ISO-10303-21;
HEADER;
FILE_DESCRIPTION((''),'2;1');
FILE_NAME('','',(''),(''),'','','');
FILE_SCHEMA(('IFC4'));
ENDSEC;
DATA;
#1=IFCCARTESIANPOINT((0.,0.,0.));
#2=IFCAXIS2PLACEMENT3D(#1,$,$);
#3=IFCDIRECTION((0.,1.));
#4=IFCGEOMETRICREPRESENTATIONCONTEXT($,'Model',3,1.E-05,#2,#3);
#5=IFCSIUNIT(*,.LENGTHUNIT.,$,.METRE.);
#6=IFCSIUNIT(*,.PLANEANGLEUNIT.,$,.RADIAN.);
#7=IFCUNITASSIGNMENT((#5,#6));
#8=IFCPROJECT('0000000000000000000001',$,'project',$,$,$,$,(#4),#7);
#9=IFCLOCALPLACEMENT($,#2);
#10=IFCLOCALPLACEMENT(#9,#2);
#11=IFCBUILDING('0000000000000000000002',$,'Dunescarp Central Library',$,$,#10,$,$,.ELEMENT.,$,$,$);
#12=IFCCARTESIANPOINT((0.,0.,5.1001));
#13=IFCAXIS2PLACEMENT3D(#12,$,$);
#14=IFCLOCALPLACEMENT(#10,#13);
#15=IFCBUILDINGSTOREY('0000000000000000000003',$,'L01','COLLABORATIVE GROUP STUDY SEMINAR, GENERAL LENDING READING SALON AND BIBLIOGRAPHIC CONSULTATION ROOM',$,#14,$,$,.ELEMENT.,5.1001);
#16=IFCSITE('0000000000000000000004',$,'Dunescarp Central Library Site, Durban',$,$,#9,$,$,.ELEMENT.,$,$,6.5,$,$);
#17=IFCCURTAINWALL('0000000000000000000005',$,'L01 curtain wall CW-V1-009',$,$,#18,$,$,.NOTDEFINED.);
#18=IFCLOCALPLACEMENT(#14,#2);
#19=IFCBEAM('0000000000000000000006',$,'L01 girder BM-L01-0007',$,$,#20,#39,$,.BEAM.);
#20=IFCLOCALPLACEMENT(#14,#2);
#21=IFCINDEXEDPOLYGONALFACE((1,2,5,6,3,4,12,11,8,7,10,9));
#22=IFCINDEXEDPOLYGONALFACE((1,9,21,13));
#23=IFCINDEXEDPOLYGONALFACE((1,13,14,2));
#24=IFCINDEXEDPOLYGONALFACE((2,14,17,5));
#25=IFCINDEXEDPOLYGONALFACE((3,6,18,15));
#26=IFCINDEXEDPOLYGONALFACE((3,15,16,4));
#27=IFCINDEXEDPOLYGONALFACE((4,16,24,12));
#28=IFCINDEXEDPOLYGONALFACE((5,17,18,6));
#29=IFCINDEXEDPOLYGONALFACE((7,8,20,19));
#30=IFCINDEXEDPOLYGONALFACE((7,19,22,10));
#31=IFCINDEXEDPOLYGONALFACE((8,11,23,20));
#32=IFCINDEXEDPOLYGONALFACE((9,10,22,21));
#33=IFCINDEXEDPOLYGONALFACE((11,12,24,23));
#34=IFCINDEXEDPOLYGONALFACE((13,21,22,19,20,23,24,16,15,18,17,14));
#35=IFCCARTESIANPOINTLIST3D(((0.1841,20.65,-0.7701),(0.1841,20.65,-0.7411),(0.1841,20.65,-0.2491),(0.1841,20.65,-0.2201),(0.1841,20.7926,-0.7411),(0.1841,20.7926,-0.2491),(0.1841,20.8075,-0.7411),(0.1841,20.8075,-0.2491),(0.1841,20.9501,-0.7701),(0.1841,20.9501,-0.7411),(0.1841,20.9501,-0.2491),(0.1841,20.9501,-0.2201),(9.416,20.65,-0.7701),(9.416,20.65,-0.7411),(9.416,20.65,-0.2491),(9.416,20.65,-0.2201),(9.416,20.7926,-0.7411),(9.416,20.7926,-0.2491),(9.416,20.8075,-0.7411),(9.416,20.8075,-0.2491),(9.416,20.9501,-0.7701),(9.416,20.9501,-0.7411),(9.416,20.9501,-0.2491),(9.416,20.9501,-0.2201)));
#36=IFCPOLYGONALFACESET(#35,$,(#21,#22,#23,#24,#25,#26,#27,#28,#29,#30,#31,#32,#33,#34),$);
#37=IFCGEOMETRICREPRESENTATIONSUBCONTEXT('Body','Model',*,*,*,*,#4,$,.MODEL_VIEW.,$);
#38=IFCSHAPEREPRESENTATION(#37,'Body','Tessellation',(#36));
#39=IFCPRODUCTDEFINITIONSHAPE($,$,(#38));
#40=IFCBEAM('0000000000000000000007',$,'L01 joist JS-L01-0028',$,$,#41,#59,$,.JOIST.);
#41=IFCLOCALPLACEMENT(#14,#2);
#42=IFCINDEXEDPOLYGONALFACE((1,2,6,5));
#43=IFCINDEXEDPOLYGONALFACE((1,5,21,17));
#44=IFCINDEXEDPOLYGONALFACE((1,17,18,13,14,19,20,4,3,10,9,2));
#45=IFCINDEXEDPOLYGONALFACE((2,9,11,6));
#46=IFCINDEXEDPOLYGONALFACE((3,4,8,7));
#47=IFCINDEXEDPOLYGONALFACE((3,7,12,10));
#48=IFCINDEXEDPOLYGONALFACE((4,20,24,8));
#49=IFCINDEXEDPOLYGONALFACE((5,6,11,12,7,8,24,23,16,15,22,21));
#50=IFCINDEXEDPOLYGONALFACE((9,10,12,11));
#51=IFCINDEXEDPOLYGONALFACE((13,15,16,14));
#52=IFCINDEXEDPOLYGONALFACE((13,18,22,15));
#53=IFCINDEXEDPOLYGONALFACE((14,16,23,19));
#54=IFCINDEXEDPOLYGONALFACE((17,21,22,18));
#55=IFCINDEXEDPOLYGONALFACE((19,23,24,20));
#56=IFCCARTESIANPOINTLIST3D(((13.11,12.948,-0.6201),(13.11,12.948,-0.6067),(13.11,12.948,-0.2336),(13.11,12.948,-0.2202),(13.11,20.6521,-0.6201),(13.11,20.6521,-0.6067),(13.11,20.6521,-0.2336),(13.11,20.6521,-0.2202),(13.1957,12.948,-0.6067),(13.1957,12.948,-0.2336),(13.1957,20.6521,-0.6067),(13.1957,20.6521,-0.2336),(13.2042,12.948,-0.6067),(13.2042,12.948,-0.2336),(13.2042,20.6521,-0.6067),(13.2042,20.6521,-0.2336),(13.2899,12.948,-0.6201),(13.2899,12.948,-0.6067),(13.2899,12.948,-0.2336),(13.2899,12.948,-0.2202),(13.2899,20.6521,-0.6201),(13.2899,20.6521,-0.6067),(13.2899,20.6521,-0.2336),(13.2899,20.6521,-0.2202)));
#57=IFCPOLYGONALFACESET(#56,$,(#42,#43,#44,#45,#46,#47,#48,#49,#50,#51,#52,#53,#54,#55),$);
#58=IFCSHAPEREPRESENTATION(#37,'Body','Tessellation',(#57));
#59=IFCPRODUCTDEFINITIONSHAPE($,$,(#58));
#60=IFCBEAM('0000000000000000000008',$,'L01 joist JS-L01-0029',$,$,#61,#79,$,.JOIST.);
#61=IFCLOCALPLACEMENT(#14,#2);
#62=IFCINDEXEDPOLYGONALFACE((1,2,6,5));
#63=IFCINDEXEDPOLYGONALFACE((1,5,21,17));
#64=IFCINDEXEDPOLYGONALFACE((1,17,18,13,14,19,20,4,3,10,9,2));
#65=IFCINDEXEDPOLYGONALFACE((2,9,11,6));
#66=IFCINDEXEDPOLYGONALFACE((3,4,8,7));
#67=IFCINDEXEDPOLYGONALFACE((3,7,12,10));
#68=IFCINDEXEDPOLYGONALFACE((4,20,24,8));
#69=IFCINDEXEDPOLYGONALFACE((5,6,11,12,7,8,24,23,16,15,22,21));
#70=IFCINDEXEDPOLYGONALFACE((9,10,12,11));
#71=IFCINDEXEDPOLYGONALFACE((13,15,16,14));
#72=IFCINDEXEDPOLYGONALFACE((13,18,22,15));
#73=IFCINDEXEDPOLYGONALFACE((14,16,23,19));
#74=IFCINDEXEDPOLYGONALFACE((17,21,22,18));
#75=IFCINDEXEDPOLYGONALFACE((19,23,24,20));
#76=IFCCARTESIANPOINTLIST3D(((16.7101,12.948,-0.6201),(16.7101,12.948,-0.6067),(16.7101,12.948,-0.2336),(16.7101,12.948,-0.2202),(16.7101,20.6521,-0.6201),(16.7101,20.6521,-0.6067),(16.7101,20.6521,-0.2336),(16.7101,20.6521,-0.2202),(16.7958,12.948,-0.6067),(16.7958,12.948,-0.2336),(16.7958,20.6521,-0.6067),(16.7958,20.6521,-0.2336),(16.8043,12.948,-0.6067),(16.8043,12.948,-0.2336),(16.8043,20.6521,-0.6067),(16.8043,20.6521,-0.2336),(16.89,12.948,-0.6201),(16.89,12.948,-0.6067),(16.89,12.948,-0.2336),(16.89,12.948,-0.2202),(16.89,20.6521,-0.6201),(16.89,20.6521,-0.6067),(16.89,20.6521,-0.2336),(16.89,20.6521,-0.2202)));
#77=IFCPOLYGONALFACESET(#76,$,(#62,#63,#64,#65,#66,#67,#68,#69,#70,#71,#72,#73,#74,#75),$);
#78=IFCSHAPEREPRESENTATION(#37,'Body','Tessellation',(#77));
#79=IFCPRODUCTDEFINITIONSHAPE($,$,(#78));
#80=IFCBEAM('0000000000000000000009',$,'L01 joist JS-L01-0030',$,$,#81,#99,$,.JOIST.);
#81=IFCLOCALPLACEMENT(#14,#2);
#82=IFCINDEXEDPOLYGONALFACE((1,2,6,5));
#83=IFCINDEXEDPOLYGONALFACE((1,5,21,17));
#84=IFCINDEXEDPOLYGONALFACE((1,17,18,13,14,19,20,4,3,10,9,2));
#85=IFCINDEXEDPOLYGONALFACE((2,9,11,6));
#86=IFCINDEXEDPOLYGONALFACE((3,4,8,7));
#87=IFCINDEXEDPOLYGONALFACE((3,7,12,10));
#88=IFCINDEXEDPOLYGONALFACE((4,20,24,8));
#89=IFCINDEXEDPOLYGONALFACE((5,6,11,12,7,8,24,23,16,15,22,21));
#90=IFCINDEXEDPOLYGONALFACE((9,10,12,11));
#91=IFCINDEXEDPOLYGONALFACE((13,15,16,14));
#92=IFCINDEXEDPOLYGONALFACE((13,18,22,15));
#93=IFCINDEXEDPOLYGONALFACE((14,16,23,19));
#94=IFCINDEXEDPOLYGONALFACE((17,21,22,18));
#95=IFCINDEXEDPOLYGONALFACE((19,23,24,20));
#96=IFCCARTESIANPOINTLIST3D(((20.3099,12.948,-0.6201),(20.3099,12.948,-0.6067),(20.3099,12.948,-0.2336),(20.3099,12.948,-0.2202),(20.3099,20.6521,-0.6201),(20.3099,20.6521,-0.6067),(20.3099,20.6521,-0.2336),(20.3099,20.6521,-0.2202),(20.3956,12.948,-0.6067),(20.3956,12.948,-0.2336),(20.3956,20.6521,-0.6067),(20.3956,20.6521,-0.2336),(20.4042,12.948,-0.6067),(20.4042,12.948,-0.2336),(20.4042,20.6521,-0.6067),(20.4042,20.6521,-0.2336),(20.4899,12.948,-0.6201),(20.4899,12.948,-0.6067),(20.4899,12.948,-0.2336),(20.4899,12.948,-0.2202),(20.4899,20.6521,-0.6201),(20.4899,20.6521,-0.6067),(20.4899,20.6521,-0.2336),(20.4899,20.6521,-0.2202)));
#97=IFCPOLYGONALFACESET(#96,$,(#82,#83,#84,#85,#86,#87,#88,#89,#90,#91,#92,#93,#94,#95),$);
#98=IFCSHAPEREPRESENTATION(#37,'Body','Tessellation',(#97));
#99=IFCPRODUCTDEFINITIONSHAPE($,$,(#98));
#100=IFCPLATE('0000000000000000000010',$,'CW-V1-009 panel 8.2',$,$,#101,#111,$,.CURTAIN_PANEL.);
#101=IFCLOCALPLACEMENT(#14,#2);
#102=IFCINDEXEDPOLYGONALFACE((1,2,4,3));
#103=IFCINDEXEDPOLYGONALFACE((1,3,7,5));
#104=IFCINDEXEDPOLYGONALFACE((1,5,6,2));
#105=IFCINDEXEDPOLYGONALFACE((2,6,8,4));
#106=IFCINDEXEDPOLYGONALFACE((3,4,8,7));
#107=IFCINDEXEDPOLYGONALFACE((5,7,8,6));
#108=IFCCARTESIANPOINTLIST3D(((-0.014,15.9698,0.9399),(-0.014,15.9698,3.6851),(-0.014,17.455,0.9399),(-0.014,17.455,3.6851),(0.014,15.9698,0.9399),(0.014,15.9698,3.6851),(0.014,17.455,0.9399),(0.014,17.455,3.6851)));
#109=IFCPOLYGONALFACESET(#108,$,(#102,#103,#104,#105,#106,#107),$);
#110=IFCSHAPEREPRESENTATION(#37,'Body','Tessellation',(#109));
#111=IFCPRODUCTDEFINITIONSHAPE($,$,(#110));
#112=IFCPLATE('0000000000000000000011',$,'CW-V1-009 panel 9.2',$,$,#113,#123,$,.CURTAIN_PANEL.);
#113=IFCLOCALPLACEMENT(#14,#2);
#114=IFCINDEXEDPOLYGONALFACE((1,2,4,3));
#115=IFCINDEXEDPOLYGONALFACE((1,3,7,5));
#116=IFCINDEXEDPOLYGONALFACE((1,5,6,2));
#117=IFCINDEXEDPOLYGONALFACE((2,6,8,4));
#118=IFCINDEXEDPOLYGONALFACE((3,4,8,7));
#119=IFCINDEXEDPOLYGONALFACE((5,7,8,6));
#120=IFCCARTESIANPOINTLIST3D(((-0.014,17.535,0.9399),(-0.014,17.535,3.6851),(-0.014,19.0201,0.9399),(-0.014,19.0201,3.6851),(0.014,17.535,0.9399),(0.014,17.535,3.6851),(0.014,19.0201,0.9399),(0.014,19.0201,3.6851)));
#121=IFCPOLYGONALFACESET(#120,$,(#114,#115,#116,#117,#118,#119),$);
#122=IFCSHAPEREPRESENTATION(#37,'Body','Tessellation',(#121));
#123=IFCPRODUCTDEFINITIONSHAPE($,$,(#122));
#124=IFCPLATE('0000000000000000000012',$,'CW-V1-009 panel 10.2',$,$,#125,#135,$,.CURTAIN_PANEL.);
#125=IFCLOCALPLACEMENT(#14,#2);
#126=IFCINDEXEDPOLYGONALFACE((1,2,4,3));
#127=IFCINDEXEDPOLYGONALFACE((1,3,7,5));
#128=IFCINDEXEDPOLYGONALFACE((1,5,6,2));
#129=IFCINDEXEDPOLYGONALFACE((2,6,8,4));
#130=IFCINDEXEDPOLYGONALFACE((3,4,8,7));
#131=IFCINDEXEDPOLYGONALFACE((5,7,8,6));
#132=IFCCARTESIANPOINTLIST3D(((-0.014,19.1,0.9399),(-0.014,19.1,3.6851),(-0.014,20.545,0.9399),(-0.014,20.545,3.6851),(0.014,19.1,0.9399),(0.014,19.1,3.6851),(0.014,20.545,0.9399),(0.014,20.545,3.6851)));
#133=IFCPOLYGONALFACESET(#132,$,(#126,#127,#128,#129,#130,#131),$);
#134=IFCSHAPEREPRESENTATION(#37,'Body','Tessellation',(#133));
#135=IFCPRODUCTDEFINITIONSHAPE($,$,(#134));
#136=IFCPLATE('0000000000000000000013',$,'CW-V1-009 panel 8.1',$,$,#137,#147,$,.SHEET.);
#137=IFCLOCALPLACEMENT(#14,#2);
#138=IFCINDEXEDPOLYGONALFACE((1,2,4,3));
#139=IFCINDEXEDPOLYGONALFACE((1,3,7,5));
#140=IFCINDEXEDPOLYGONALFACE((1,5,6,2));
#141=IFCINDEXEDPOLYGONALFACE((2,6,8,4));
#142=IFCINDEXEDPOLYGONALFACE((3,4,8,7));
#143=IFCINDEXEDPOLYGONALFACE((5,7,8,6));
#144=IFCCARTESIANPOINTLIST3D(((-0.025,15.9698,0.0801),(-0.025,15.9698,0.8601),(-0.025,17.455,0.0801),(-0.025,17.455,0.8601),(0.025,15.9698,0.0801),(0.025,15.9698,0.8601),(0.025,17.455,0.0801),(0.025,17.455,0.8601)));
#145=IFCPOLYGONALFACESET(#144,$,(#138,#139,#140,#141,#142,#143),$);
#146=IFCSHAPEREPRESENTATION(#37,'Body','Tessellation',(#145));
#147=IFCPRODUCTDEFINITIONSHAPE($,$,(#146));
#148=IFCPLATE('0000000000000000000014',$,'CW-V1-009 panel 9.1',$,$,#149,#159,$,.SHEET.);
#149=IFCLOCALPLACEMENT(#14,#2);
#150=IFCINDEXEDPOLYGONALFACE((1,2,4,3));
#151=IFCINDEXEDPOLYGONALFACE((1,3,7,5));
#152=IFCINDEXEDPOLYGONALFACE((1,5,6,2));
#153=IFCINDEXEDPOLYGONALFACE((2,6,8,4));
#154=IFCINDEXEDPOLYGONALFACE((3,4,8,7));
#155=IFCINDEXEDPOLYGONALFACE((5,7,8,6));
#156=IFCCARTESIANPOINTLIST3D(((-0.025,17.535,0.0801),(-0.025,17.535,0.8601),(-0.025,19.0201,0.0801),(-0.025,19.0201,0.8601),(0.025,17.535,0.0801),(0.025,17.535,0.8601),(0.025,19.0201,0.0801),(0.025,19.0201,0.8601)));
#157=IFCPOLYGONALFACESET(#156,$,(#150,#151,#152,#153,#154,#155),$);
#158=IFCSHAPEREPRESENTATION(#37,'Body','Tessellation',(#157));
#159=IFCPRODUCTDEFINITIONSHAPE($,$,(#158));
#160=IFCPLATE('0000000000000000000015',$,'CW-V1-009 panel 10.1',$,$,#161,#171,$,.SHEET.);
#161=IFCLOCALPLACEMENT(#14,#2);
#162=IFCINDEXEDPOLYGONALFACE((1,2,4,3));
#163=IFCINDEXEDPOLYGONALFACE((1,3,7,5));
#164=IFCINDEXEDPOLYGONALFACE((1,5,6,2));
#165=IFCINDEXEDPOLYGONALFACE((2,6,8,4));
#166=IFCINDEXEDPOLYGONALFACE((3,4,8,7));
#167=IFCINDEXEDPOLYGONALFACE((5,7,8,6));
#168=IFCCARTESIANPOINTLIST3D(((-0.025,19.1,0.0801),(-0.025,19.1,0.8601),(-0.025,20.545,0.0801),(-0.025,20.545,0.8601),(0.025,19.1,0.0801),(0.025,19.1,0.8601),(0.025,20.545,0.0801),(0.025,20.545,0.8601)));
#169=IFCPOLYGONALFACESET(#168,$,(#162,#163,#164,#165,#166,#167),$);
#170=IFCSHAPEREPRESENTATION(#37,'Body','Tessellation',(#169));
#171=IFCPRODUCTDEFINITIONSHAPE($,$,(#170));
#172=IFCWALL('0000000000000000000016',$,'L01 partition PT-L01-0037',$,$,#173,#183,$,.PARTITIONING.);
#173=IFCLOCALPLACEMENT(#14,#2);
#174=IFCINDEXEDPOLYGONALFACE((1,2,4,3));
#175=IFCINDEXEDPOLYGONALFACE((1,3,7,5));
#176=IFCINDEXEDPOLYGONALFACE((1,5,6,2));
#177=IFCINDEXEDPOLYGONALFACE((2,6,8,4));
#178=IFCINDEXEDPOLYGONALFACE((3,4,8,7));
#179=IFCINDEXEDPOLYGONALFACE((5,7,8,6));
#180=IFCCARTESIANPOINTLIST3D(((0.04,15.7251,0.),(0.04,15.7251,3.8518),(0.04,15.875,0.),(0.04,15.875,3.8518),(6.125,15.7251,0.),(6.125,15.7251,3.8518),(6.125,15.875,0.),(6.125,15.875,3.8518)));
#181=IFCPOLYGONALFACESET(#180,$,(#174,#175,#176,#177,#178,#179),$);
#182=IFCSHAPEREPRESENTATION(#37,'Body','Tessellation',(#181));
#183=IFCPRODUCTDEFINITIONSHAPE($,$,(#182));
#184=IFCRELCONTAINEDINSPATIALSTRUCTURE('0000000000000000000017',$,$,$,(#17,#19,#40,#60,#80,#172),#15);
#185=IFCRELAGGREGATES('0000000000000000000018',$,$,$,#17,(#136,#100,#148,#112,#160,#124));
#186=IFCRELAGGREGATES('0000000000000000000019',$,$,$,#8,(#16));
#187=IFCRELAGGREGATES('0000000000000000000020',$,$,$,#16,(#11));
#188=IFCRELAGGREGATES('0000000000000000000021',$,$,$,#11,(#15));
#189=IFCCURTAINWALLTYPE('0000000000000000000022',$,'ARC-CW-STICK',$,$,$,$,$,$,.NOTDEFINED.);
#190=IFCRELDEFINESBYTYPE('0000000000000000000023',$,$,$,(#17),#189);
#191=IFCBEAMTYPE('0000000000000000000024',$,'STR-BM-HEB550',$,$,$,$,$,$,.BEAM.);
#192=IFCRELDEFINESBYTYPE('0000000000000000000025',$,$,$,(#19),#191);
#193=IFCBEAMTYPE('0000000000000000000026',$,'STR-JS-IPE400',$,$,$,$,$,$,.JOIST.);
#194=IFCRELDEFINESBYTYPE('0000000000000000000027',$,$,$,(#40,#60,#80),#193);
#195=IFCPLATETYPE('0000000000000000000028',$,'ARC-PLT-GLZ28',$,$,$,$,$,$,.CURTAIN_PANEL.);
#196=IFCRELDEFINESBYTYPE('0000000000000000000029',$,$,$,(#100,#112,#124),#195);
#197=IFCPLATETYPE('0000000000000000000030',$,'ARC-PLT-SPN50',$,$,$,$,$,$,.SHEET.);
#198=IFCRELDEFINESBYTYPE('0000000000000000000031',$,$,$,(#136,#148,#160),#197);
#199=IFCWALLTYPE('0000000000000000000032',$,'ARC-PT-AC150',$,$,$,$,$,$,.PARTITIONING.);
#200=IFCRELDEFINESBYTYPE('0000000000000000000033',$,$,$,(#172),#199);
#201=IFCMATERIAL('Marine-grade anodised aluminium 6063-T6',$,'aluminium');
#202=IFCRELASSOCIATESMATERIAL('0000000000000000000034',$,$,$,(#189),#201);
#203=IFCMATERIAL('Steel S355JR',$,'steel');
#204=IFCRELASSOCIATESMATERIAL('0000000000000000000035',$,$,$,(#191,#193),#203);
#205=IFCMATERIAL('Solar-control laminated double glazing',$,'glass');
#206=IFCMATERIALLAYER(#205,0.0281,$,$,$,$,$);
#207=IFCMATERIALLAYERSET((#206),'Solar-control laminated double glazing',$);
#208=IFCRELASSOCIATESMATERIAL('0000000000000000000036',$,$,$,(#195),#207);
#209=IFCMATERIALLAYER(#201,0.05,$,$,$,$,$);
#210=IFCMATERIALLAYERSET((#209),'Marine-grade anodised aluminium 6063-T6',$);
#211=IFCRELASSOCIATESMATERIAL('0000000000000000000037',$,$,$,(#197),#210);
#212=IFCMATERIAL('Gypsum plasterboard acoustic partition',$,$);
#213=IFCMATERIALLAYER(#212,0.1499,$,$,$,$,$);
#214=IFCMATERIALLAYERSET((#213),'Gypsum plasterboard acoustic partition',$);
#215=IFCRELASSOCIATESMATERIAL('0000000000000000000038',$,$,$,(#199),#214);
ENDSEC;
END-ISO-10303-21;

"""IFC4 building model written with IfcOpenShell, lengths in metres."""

from ifc_helpers import new_model, si_unit, direction, frame, frame_2d, origin, origin_2d, place, context, subcontext, project, spatial, rectangle, i_section, extrude, material, layer, layer_set, material_profile, profile_set, type_object, element, aggregate, save


model = new_model("IFC4")

# Units and contexts
model_context = context("Model", 3, precision=1e-05, world=origin(), true_north=direction((0.0, 1.0)))
body_context = subcontext(model_context, "Body", "Model", "MODEL_VIEW")
ifc_project = project(units=[si_unit("LENGTHUNIT", "METRE"), si_unit("PLANEANGLEUNIT", "RADIAN")], contexts=[model_context])

# Site, building, storey
site_placement = place(None, origin())
site = spatial("IfcSite", under=ifc_project, at=site_placement, Name="Dunescarp Central Library Site, Durban", CompositionType="ELEMENT", RefElevation=6.5)
building_placement = place(site_placement, origin())
building = spatial("IfcBuilding", under=site, at=building_placement, Name="Dunescarp Central Library", CompositionType="ELEMENT")
storey_placement = place(building_placement, frame((0.0, 0.0, 5.1001)))
storey = spatial("IfcBuildingStorey", under=building, at=storey_placement, Name="L01", Description="COLLABORATIVE GROUP STUDY SEMINAR, GENERAL LENDING READING SALON AND BIBLIOGRAPHIC CONSULTATION ROOM", CompositionType="ELEMENT", Elevation=5.1001)

# Shared definitions
ifc_material_1 = material(Name="Steel S355JR", Category="steel")

# Curtain wall
ifc_material_2 = material(Name="Marine-grade anodised aluminium 6063-T6", Category="aluminium")
curtain_wall_type = type_object("IfcCurtainWallType", Name="ARC-CW-STICK", PredefinedType="NOTDEFINED", material=ifc_material_2)
curtain_wall_placement = place(storey_placement, origin())
curtain_wall = element("IfcCurtainWall", 1, at=curtain_wall_placement, inside=storey, type_object=curtain_wall_type, Name="L01 curtain wall CW-V1-009", PredefinedType="NOTDEFINED")

# Beams
ifc_material_profile_1 = material_profile(ifc_material_1, i_section(OverallWidth=0.3, OverallDepth=0.55, WebThickness=0.0149, FlangeThickness=0.0291, at=origin_2d()), Name="HEB 550")
ifc_profile_set_1 = profile_set([ifc_material_profile_1], Name="Steel S355JR")
beam_type_1 = type_object("IfcBeamType", Name="STR-BM-HEB550", PredefinedType="BEAM", material=ifc_profile_set_1)
beam_1_placement = place(storey_placement, frame((0.1841, 20.8, -0.4951), z_axis=(1.0, 0.0, 0.0), x_axis=(0.0, 1.0, 0.0)))
element("IfcBeam", 2, at=beam_1_placement, inside=storey, type_object=beam_type_1, Name="L01 girder BM-L01-0007", PredefinedType="BEAM", context=body_context, shape_type="SweptSolid", body=[
    extrude(i_section(OverallWidth=0.3, OverallDepth=0.55, WebThickness=0.0149, FlangeThickness=0.0291, at=origin_2d()), origin(), (0.0, 0.0, 1.0), 9.2319),
])
ifc_material_profile_2 = material_profile(ifc_material_1, i_section(OverallWidth=0.1799, OverallDepth=0.3999, WebThickness=0.0085, FlangeThickness=0.0134, at=origin_2d()), Name="IPE 400")
ifc_profile_set_2 = profile_set([ifc_material_profile_2], Name="Steel S355JR")
beam_type_2 = type_object("IfcBeamType", Name="STR-JS-IPE400", PredefinedType="JOIST", material=ifc_profile_set_2)
for number, where, z_axis, x_axis, name in (
    (3, (13.2, 12.948, -0.4202), (0.0, 1.0, 0.0), (-1.0, 0.0, 0.0), "L01 joist JS-L01-0028"),
    (4, (16.8, 12.948, -0.4202), (0.0, 1.0, 0.0), (-1.0, 0.0, 0.0), "L01 joist JS-L01-0029"),
    (5, (20.3999, 12.948, -0.4202), (0.0, 1.0, 0.0), (-1.0, 0.0, 0.0), "L01 joist JS-L01-0030"),
):
    element("IfcBeam", number, at=place(storey_placement, frame(where, z_axis=z_axis, x_axis=x_axis)), inside=storey, type_object=beam_type_2, Name=name, PredefinedType="JOIST", context=body_context, shape_type="SweptSolid", body=[
        extrude(i_section(OverallWidth=0.1799, OverallDepth=0.3999, WebThickness=0.0085, FlangeThickness=0.0134, at=origin_2d()), origin(), (0.0, 0.0, 1.0), 7.7041),
    ])

# Plates
ifc_material_3 = material(Name="Solar-control laminated double glazing", Category="glass")
ifc_layer_1 = layer(ifc_material_3, 0.0281)
ifc_layer_set_1 = layer_set([ifc_layer_1], Name="Solar-control laminated double glazing")
plate_type_1 = type_object("IfcPlateType", Name="ARC-PLT-GLZ28", PredefinedType="CURTAIN_PANEL", material=ifc_layer_set_1)
plate_1_placement = place(storey_placement, frame((0.0, 16.7124, 0.9399), z_axis=(0.0, 0.0, 1.0), x_axis=(0.0, 1.0, 0.0)))
plate_1 = element("IfcPlate", 6, at=plate_1_placement, type_object=plate_type_1, Name="CW-V1-009 panel 8.2", PredefinedType="CURTAIN_PANEL", context=body_context, shape_type="SweptSolid", body=[
    extrude(rectangle(XDim=1.4851, YDim=0.0281, at=origin_2d()), origin(), (0.0, 0.0, 1.0), 2.7451),
])
plate_2_placement = place(storey_placement, frame((0.0, 18.2776, 0.9399), z_axis=(0.0, 0.0, 1.0), x_axis=(0.0, 1.0, 0.0)))
plate_2 = element("IfcPlate", 7, at=plate_2_placement, type_object=plate_type_1, Name="CW-V1-009 panel 9.2", PredefinedType="CURTAIN_PANEL", context=body_context, shape_type="SweptSolid", body=[
    extrude(rectangle(XDim=1.4851, YDim=0.0281, at=origin_2d()), origin(), (0.0, 0.0, 1.0), 2.7451),
])
plate_3_placement = place(storey_placement, frame((0.0, 19.8225, 0.9399), z_axis=(0.0, 0.0, 1.0), x_axis=(0.0, 1.0, 0.0)))
plate_3 = element("IfcPlate", 8, at=plate_3_placement, type_object=plate_type_1, Name="CW-V1-009 panel 10.2", PredefinedType="CURTAIN_PANEL", context=body_context, shape_type="SweptSolid", body=[
    extrude(rectangle(XDim=1.4451, YDim=0.0281, at=origin_2d()), origin(), (0.0, 0.0, 1.0), 2.7451),
])
ifc_layer_2 = layer(ifc_material_2, 0.05)
ifc_layer_set_2 = layer_set([ifc_layer_2], Name="Marine-grade anodised aluminium 6063-T6")
plate_type_2 = type_object("IfcPlateType", Name="ARC-PLT-SPN50", PredefinedType="SHEET", material=ifc_layer_set_2)
plate_4_placement = place(storey_placement, frame((0.0, 16.7124, 0.0801), z_axis=(0.0, 0.0, 1.0), x_axis=(0.0, 1.0, 0.0)))
plate_4 = element("IfcPlate", 9, at=plate_4_placement, type_object=plate_type_2, Name="CW-V1-009 panel 8.1", PredefinedType="SHEET", context=body_context, shape_type="SweptSolid", body=[
    extrude(rectangle(XDim=1.4851, YDim=0.05, at=origin_2d()), origin(), (0.0, 0.0, 1.0), 0.78),
])
plate_5_placement = place(storey_placement, frame((0.0, 18.2776, 0.0801), z_axis=(0.0, 0.0, 1.0), x_axis=(0.0, 1.0, 0.0)))
plate_5 = element("IfcPlate", 10, at=plate_5_placement, type_object=plate_type_2, Name="CW-V1-009 panel 9.1", PredefinedType="SHEET", context=body_context, shape_type="SweptSolid", body=[
    extrude(rectangle(XDim=1.4851, YDim=0.05, at=origin_2d()), origin(), (0.0, 0.0, 1.0), 0.78),
])
plate_6_placement = place(storey_placement, frame((0.0, 19.8225, 0.0801), z_axis=(0.0, 0.0, 1.0), x_axis=(0.0, 1.0, 0.0)))
plate_6 = element("IfcPlate", 11, at=plate_6_placement, type_object=plate_type_2, Name="CW-V1-009 panel 10.1", PredefinedType="SHEET", context=body_context, shape_type="SweptSolid", body=[
    extrude(rectangle(XDim=1.4451, YDim=0.05, at=origin_2d()), origin(), (0.0, 0.0, 1.0), 0.78),
])
aggregate(curtain_wall, [plate_4, plate_1, plate_5, plate_2, plate_6, plate_3])

# Wall
ifc_material_4 = material(Name="Gypsum plasterboard acoustic partition")
ifc_layer_3 = layer(ifc_material_4, 0.1499)
ifc_layer_set_3 = layer_set([ifc_layer_3], Name="Gypsum plasterboard acoustic partition")
wall_type_1 = type_object("IfcWallType", Name="ARC-PT-AC150", PredefinedType="PARTITIONING", material=ifc_layer_set_3)
wall_1_placement = place(storey_placement, frame((0.04, 15.8, 0.0), z_axis=(0.0, 0.0, 1.0), x_axis=(1.0, 0.0, 0.0)))
element("IfcWall", 12, at=wall_1_placement, inside=storey, type_object=wall_type_1, Name="L01 partition PT-L01-0037", PredefinedType="PARTITIONING", context=body_context, shape_type="SweptSolid", body=[
    extrude(rectangle(XDim=6.085, YDim=0.1499, at=frame_2d((3.0425, 0.0))), origin(), (0.0, 0.0, 1.0), 3.8518),
])

save(model, "model.ifc")
